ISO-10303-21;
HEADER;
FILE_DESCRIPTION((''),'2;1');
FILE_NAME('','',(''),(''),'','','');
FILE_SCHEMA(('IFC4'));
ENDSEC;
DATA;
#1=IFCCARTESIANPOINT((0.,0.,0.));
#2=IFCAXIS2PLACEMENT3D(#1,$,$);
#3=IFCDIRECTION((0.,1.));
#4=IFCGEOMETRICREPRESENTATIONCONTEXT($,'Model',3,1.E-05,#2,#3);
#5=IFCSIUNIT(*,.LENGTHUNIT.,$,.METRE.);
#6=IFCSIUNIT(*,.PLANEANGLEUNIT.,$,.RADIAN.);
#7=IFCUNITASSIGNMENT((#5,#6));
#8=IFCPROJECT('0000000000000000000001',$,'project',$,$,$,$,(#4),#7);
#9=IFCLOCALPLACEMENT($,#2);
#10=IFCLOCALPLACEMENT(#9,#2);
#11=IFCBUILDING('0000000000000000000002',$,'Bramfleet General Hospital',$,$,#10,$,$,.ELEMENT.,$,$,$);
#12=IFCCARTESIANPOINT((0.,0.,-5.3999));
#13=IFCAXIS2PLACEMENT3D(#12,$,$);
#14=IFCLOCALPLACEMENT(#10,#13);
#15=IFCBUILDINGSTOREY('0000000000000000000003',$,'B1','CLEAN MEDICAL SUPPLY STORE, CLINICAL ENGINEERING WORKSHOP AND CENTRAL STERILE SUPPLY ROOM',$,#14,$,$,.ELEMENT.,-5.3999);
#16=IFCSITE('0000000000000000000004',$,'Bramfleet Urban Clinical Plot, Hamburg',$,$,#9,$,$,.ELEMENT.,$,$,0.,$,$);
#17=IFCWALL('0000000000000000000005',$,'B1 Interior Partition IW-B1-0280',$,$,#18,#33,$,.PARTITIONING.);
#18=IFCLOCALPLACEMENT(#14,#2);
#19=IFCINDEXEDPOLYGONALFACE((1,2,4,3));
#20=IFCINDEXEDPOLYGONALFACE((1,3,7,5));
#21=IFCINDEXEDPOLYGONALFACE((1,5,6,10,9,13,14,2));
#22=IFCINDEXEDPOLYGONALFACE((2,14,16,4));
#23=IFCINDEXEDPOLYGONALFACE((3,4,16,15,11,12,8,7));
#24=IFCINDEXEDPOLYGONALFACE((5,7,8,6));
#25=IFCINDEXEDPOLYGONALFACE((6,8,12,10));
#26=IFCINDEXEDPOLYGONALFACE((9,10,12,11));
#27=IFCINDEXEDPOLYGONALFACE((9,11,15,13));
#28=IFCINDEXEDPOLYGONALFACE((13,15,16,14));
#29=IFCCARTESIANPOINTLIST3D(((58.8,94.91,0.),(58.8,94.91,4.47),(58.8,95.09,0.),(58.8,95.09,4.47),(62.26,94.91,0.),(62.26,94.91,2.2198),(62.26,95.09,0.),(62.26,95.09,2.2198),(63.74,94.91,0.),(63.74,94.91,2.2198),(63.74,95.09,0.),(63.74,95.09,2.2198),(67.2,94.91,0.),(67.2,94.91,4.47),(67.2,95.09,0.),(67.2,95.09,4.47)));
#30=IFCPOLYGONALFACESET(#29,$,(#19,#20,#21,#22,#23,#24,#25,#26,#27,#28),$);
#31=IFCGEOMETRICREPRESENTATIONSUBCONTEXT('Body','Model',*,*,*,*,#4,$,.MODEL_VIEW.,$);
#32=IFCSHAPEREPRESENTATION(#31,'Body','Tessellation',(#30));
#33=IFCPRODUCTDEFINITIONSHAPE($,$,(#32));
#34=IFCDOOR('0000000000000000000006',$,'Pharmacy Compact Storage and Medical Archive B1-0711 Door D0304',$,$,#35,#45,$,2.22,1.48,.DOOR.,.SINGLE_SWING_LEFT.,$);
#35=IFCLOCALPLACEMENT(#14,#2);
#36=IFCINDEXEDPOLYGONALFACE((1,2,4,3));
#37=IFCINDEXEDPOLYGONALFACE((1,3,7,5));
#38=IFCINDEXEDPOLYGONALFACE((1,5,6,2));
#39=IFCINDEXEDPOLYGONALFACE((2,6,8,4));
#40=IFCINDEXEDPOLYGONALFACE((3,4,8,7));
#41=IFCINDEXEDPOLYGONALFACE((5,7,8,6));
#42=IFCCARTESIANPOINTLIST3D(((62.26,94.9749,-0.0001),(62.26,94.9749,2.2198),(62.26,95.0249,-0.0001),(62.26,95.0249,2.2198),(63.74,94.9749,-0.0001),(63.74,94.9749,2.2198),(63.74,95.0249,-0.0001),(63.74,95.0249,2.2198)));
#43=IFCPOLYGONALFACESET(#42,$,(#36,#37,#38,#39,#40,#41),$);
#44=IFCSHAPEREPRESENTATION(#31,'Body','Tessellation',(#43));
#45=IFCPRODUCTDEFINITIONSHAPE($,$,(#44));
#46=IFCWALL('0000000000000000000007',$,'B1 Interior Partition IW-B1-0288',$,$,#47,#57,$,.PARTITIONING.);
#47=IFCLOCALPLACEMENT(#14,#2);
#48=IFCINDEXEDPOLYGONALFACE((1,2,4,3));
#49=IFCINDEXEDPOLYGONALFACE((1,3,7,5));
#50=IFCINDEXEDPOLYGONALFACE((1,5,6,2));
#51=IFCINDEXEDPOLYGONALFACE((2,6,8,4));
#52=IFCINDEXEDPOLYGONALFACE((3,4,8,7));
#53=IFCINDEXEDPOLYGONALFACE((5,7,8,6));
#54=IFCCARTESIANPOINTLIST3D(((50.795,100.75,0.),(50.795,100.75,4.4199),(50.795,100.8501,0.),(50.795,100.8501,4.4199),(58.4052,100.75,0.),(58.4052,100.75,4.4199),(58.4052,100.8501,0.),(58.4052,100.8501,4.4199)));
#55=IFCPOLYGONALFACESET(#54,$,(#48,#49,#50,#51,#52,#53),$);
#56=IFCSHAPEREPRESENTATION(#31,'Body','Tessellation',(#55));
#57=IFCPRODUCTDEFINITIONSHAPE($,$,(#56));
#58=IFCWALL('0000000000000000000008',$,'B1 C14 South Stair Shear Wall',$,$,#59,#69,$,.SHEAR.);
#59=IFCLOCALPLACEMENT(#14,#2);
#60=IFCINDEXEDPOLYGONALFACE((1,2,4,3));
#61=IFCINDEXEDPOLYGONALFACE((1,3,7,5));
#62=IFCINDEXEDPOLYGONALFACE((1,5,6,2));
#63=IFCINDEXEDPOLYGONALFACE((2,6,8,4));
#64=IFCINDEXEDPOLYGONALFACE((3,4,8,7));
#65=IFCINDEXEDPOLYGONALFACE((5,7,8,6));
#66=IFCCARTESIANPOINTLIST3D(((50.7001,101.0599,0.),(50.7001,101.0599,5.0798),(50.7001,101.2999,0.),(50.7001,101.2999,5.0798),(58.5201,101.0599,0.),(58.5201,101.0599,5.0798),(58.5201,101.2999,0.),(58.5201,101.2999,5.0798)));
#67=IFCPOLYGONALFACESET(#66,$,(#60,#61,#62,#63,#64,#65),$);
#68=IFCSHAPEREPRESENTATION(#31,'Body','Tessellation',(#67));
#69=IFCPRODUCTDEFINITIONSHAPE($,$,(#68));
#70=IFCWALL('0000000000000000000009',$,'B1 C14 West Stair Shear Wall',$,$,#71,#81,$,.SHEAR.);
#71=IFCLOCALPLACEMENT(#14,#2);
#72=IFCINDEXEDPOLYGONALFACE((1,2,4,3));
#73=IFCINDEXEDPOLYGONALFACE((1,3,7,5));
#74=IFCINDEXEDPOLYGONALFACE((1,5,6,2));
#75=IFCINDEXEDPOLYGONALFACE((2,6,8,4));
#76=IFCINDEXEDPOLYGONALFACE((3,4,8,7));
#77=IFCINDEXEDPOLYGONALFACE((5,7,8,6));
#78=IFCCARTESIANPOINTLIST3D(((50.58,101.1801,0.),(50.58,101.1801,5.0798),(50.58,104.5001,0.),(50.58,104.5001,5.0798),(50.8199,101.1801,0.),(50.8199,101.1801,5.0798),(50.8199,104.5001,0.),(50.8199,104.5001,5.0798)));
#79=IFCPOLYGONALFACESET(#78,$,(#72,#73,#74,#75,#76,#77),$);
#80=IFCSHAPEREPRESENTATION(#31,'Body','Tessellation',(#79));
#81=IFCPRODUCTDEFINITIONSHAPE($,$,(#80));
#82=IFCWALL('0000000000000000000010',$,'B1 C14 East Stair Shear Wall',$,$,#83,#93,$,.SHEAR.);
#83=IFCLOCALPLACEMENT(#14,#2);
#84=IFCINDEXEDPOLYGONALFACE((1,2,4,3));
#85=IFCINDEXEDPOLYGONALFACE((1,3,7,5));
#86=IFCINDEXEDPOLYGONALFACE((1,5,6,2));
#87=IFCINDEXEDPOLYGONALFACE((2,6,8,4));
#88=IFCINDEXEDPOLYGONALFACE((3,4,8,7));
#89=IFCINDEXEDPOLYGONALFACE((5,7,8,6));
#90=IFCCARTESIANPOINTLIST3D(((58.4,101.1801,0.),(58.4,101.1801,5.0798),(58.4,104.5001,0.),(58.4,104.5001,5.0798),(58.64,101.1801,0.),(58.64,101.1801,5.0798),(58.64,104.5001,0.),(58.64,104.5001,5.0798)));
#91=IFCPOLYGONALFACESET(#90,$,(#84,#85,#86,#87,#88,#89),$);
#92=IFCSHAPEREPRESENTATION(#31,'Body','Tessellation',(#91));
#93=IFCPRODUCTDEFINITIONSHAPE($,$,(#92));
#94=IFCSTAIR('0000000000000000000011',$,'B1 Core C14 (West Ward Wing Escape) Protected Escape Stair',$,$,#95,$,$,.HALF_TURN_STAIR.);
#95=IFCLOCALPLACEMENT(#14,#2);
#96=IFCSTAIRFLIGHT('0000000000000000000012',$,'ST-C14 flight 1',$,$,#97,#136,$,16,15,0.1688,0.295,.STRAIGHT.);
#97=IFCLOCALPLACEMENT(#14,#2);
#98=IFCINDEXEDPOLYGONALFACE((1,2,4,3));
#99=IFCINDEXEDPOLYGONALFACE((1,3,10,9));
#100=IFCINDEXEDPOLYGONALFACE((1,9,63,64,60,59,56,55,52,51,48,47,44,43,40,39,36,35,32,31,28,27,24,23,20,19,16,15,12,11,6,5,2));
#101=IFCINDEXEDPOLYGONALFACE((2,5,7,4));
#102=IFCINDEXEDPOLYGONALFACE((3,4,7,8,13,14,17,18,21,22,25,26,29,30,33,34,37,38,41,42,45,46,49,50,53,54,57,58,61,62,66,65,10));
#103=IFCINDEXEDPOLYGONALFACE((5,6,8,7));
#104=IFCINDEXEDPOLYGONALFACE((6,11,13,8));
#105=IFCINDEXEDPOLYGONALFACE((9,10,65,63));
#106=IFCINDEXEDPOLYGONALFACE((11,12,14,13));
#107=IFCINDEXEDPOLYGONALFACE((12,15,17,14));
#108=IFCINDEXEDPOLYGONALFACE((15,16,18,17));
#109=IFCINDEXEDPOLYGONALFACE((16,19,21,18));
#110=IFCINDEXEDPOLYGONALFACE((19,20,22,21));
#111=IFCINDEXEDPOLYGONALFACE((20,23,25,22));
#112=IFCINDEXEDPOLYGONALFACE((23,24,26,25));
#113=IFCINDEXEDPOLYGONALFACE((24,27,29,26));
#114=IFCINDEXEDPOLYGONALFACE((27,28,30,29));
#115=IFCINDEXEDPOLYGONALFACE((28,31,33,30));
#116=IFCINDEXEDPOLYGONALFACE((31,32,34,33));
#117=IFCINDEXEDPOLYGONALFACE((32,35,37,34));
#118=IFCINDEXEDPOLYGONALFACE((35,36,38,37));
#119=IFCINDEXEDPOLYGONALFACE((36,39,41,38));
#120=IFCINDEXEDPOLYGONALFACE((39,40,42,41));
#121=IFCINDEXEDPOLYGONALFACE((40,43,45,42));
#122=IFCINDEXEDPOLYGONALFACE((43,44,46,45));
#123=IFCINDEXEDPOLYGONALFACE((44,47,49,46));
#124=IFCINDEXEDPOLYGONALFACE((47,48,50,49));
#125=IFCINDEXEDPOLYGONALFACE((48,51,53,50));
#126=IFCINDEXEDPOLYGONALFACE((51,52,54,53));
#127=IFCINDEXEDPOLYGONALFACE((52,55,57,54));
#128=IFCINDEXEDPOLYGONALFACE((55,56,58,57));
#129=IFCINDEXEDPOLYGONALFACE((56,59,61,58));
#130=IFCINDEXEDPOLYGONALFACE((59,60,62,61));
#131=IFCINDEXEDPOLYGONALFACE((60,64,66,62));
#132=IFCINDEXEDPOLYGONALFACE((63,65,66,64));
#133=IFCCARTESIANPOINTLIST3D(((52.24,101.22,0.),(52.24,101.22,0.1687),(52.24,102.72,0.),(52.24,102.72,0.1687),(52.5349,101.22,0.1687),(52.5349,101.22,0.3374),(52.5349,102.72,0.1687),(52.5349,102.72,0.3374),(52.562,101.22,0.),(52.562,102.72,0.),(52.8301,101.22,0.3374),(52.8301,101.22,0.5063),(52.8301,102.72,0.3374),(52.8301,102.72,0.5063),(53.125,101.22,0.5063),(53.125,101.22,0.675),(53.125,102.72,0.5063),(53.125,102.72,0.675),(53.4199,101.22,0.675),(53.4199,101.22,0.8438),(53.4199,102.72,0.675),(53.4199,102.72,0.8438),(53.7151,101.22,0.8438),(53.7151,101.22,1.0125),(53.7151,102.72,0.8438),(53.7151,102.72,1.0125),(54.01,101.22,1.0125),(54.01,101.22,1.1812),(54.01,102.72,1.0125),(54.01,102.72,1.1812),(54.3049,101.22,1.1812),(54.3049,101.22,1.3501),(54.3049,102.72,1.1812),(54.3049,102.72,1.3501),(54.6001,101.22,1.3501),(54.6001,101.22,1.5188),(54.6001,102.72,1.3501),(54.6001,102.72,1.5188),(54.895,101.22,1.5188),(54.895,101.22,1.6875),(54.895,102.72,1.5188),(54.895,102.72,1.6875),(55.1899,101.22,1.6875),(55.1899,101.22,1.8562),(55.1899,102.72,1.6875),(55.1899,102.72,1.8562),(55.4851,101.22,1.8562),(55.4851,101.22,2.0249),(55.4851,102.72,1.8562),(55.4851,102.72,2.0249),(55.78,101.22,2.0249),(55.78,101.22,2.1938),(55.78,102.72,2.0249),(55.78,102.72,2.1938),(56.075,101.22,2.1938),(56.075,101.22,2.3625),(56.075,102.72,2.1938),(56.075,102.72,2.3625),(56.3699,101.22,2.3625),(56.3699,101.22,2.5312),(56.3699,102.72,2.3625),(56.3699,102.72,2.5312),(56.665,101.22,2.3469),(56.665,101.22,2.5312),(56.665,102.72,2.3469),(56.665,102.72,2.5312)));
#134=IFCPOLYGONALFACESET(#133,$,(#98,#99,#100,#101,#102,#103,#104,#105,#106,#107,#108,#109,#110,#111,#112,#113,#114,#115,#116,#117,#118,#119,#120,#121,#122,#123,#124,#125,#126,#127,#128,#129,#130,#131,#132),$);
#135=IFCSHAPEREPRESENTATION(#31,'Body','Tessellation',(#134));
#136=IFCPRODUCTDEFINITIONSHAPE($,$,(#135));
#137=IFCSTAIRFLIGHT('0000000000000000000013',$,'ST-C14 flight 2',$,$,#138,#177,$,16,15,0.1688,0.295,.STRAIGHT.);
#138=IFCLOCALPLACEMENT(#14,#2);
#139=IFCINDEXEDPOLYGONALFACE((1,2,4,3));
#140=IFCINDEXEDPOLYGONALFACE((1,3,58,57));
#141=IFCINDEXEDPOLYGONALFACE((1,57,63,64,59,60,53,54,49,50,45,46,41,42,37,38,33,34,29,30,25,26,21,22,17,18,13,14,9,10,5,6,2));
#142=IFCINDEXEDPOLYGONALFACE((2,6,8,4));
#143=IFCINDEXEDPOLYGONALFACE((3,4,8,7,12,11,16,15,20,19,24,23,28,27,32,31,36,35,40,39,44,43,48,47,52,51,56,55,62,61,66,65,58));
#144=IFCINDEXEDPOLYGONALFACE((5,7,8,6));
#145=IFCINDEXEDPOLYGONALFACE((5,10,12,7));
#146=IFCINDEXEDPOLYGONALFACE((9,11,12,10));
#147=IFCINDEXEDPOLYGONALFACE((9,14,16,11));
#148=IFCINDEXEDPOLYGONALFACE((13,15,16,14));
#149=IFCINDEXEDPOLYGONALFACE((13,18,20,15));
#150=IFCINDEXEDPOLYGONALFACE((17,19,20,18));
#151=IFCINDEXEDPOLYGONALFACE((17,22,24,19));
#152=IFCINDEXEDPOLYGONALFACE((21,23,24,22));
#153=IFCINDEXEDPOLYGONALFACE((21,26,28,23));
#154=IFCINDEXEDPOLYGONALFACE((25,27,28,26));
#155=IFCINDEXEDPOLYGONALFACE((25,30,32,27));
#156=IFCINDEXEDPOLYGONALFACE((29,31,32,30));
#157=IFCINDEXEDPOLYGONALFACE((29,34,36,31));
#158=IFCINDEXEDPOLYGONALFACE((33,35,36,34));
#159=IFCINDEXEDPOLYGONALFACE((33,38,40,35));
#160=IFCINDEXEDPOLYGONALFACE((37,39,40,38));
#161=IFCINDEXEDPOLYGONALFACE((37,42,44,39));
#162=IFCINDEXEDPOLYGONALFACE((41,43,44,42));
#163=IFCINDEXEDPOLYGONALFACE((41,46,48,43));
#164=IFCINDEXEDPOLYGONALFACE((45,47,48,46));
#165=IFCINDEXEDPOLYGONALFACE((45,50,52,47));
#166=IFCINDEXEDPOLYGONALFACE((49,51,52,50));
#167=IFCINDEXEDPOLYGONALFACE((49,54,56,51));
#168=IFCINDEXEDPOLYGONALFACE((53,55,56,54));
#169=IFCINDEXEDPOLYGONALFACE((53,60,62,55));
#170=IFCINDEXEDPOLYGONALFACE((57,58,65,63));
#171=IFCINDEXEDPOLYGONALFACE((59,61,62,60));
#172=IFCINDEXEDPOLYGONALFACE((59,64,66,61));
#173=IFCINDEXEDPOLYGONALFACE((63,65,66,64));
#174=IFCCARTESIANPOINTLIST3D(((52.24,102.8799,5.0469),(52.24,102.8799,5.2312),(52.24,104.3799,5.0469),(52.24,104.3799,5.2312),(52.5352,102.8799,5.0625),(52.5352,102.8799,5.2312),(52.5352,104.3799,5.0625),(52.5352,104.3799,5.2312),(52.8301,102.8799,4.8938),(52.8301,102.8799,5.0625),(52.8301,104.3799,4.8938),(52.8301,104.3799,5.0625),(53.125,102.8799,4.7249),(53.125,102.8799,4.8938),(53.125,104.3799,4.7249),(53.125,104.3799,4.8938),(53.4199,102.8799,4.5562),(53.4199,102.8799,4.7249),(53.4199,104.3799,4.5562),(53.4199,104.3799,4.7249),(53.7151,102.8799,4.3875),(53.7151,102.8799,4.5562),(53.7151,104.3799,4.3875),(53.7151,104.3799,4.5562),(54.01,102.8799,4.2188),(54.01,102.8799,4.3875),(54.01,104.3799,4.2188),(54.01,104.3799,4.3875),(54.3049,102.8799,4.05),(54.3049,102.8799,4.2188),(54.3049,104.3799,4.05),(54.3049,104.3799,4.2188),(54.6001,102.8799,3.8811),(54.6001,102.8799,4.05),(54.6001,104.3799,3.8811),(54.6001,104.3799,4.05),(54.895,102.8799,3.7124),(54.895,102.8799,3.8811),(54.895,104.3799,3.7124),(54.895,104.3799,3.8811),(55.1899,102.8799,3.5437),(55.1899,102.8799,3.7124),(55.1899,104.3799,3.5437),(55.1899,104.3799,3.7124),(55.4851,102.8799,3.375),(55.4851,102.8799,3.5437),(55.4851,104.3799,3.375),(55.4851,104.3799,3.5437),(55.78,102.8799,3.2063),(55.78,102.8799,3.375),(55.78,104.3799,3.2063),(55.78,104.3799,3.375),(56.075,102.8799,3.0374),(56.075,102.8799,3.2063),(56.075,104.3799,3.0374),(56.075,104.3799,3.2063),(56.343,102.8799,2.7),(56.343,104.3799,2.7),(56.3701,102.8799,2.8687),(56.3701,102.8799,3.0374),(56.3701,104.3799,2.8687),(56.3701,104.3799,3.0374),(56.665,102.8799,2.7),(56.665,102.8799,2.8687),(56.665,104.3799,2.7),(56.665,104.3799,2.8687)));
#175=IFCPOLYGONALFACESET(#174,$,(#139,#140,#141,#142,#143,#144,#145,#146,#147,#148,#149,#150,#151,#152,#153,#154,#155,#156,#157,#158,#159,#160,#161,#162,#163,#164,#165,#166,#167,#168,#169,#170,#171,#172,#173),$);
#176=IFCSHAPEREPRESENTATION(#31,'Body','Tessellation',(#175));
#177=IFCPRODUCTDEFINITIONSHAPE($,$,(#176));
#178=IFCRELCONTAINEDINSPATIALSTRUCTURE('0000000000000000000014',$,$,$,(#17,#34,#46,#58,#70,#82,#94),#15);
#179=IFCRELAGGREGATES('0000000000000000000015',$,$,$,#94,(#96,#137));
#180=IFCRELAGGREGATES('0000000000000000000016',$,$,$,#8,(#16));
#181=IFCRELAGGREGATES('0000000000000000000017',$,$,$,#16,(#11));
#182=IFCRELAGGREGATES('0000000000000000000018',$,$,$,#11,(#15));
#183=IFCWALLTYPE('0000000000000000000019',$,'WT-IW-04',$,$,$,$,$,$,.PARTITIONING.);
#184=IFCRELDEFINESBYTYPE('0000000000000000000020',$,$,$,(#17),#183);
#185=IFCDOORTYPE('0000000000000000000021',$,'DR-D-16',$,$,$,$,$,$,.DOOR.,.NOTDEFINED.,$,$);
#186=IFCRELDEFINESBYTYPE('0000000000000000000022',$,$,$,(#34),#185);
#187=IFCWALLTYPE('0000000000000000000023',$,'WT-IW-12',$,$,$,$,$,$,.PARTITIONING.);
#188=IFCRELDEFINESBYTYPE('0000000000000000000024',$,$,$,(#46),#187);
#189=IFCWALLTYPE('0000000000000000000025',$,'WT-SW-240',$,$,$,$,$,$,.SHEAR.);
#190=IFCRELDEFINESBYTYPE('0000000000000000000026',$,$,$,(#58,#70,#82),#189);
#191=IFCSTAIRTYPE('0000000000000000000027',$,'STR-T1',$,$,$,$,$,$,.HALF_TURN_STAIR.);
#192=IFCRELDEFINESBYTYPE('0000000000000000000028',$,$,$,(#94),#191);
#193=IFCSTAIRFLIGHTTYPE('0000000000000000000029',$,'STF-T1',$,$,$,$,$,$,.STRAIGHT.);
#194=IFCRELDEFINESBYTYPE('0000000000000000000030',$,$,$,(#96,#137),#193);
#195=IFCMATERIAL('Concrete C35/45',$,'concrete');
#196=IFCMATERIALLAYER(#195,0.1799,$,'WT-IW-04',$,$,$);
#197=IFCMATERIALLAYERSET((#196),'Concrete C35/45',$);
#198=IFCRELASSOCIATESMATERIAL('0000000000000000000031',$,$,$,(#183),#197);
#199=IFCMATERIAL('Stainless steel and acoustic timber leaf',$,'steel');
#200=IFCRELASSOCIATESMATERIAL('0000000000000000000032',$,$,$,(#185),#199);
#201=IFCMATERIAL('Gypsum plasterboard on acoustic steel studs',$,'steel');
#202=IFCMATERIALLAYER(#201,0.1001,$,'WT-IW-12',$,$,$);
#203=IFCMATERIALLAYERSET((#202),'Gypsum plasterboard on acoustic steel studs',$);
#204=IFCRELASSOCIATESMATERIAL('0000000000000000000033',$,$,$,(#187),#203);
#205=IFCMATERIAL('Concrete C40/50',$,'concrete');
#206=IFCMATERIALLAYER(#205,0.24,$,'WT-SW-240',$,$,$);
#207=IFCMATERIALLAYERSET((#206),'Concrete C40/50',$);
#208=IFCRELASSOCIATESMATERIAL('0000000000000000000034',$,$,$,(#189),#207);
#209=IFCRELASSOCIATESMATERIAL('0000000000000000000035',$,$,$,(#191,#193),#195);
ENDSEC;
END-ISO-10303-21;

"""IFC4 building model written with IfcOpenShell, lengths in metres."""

from ifc_helpers import new_model, si_unit, direction, frame, frame_2d, origin, place, context, subcontext, project, spatial, polyline, rectangle, outline, extrude, material, layer, layer_set, type_object, element, fill, aggregate, save


model = new_model("IFC4")

# Units and contexts
model_context = context("Model", 3, precision=1e-05, world=origin(), true_north=direction((0.0, 1.0)))
body_context = subcontext(model_context, "Body", "Model", "MODEL_VIEW")
ifc_project = project(units=[si_unit("LENGTHUNIT", "METRE"), si_unit("PLANEANGLEUNIT", "RADIAN")], contexts=[model_context])

# Site, building, storey
site_placement = place(None, origin())
site = spatial("IfcSite", under=ifc_project, at=site_placement, Name="Bramfleet Urban Clinical Plot, Hamburg", CompositionType="ELEMENT", RefElevation=0.0)
building_placement = place(site_placement, origin())
building = spatial("IfcBuilding", under=site, at=building_placement, Name="Bramfleet General Hospital", CompositionType="ELEMENT")
storey_placement = place(building_placement, frame((0.0, 0.0, -5.3999)))
storey = spatial("IfcBuildingStorey", under=building, at=storey_placement, Name="B1", Description="CLEAN MEDICAL SUPPLY STORE, CLINICAL ENGINEERING WORKSHOP AND CENTRAL STERILE SUPPLY ROOM", CompositionType="ELEMENT", Elevation=-5.3999)

# Shared definitions
ifc_material_1 = material(Name="Concrete C35/45", Category="concrete")

# Shared definitions
ifc_material_2 = material(Name="Concrete C40/50", Category="concrete")

# Wall, opening, door
ifc_layer_1 = layer(ifc_material_1, 0.1799, Name="WT-IW-04")
ifc_layer_set_1 = layer_set([ifc_layer_1], Name="Concrete C35/45")
wall_type_1 = type_object("IfcWallType", Name="WT-IW-04", PredefinedType="PARTITIONING", material=ifc_layer_set_1)
wall_1_placement = place(storey_placement, frame((58.8, 95.0, 0.0), z_axis=(0.0, 0.0, 1.0), x_axis=(1.0, 0.0, 0.0)))
wall_1 = element("IfcWall", 1, at=wall_1_placement, inside=storey, type_object=wall_type_1, Name="B1 Interior Partition IW-B1-0280", PredefinedType="PARTITIONING", context=body_context, shape_type="SweptSolid", body=[
    extrude(rectangle(XDim=8.3999, YDim=0.1799, at=frame_2d((4.2, 0.0))), origin(), (0.0, 0.0, 1.0), 4.47),
])
opening_placement = place(wall_1_placement, frame((3.46, 0.0, 0.0)))
opening = element("IfcOpeningElement", 2, at=opening_placement, cuts=wall_1, PredefinedType="OPENING", context=body_context, shape_type="SweptSolid", body=[
    extrude(rectangle(XDim=1.48, YDim=2.22, at=frame_2d((0.74, 1.1099))), frame((0.0, 0.0999, 0.0), z_axis=(0.0, -1.0, 0.0), x_axis=(1.0, 0.0, 0.0)), (0.0, 0.0, 1.0), 0.2),
])
ifc_material_3 = material(Name="Stainless steel and acoustic timber leaf", Category="steel")
door_type = type_object("IfcDoorType", Name="DR-D-16", OperationType="NOTDEFINED", PredefinedType="DOOR", material=ifc_material_3)
door_placement = place(opening_placement, origin())
door = element("IfcDoor", 3, at=door_placement, inside=storey, type_object=door_type, Name="Pharmacy Compact Storage and Medical Archive B1-0711 Door D0304", OperationType="SINGLE_SWING_LEFT", OverallHeight=2.22, OverallWidth=1.48, PredefinedType="DOOR", context=body_context, shape_type="SweptSolid", body=[
    extrude(rectangle(XDim=1.48, YDim=2.22, at=frame_2d((0.74, 1.1099))), frame((0.0, 0.0249, 0.0), z_axis=(0.0, -1.0, 0.0), x_axis=(1.0, 0.0, 0.0)), (0.0, 0.0, 1.0), 0.05),
])
fill(opening, door)

# Walls
ifc_material_4 = material(Name="Gypsum plasterboard on acoustic steel studs", Category="steel")
ifc_layer_2 = layer(ifc_material_4, 0.1001, Name="WT-IW-12")
ifc_layer_set_2 = layer_set([ifc_layer_2], Name="Gypsum plasterboard on acoustic steel studs")
wall_type_2 = type_object("IfcWallType", Name="WT-IW-12", PredefinedType="PARTITIONING", material=ifc_layer_set_2)
wall_2_placement = place(storey_placement, frame((50.7949, 100.8, 0.0), z_axis=(0.0, 0.0, 1.0), x_axis=(1.0, 0.0, 0.0)))
element("IfcWall", 4, at=wall_2_placement, inside=storey, type_object=wall_type_2, Name="B1 Interior Partition IW-B1-0288", PredefinedType="PARTITIONING", context=body_context, shape_type="SweptSolid", body=[
    extrude(rectangle(XDim=7.6101, YDim=0.1001, at=frame_2d((3.8052, 0.0))), origin(), (0.0, 0.0, 1.0), 4.4199),
])
ifc_layer_3 = layer(ifc_material_2, 0.24, Name="WT-SW-240")
ifc_layer_set_3 = layer_set([ifc_layer_3], Name="Concrete C40/50")
wall_type_3 = type_object("IfcWallType", Name="WT-SW-240", PredefinedType="SHEAR", material=ifc_layer_set_3)
wall_3_placement = place(storey_placement, frame((50.7, 101.1799, 0.0), z_axis=(0.0, 0.0, 1.0), x_axis=(1.0, 0.0, 0.0)))
element("IfcWall", 5, at=wall_3_placement, inside=storey, type_object=wall_type_3, Name="B1 C14 South Stair Shear Wall", PredefinedType="SHEAR", context=body_context, shape_type="SweptSolid", body=[
    extrude(rectangle(XDim=7.8201, YDim=0.24, at=frame_2d((3.9102, 0.0))), origin(), (0.0, 0.0, 1.0), 5.0798),
])
for number, where, z_axis, x_axis, name in (
    (6, (50.7, 101.1799, 0.0), (0.0, 0.0, 1.0), (0.0, 1.0, 0.0), "B1 C14 West Stair Shear Wall"),
    (7, (58.52, 101.1799, 0.0), (0.0, 0.0, 1.0), (0.0, 1.0, 0.0), "B1 C14 East Stair Shear Wall"),
):
    element("IfcWall", number, at=place(storey_placement, frame(where, z_axis=z_axis, x_axis=x_axis)), inside=storey, type_object=wall_type_3, Name=name, PredefinedType="SHEAR", context=body_context, shape_type="SweptSolid", body=[
        extrude(rectangle(XDim=3.3201, YDim=0.24, at=frame_2d((1.6602, 0.0))), origin(), (0.0, 0.0, 1.0), 5.0798),
    ])

# Stair, stair flights
stair_type = type_object("IfcStairType", Name="STR-T1", PredefinedType="HALF_TURN_STAIR", material=ifc_material_1)
stair_placement = place(storey_placement, origin())
stair = element("IfcStair", 8, at=stair_placement, inside=storey, type_object=stair_type, Name="B1 Core C14 (West Ward Wing Escape) Protected Escape Stair", PredefinedType="HALF_TURN_STAIR")
stair_flight_type = type_object("IfcStairFlightType", Name="STF-T1", PredefinedType="STRAIGHT", material=ifc_material_1)
stair_flight_1_placement = place(storey_placement, frame((52.24, 101.97, 0.0), z_axis=(0.0, 0.0, 1.0), x_axis=(1.0, 0.0, 0.0)))
stair_flight_1 = element("IfcStairFlight", 9, at=stair_flight_1_placement, type_object=stair_flight_type, Name="ST-C14 flight 1", NumberOfRisers=16, NumberOfTreads=15, PredefinedType="STRAIGHT", RiserHeight=0.1688, TreadLength=0.295, context=body_context, shape_type="SweptSolid", body=[
    extrude(outline(polyline([(0.0, 0.0), (0.0, 0.1687), (0.2949, 0.1687), (0.2949, 0.3374), (0.5901, 0.3374), (0.5901, 0.5063), (0.885, 0.5063), (0.885, 0.675), (1.1799, 0.675), (1.1799, 0.8438), (1.4751, 0.8438), (1.4751, 1.0125), (1.77, 1.0125), (1.77, 1.1812), (2.0649, 1.1812), (2.0649, 1.3501), (2.3601, 1.3501), (2.3601, 1.5188), (2.655, 1.5188), (2.655, 1.6875), (2.95, 1.6875), (2.95, 1.8562), (3.2451, 1.8562), (3.2451, 2.0249), (3.54, 2.0249), (3.54, 2.1938), (3.835, 2.1938), (3.835, 2.3625), (4.1299, 2.3625), (4.1299, 2.5312), (4.425, 2.5312), (4.425, 2.7), (4.425, 2.3469), (0.322, 0.0), (0.0, 0.0)])), frame((0.0, 0.75, 0.0), z_axis=(0.0, -1.0, 0.0), x_axis=(1.0, 0.0, 0.0)), (0.0, 0.0, 1.0), 1.5),
])
stair_flight_2_placement = place(storey_placement, frame((56.665, 103.6299, 2.7), z_axis=(0.0, 0.0, 1.0), x_axis=(-1.0, 0.0, 0.0)))
stair_flight_2 = element("IfcStairFlight", 10, at=stair_flight_2_placement, type_object=stair_flight_type, Name="ST-C14 flight 2", NumberOfRisers=16, NumberOfTreads=15, PredefinedType="STRAIGHT", RiserHeight=0.1688, TreadLength=0.295, context=body_context, shape_type="SweptSolid", body=[
    extrude(outline(polyline([(0.0, 0.0), (0.0, 0.1687), (0.2949, 0.1687), (0.2949, 0.3374), (0.5901, 0.3374), (0.5901, 0.5063), (0.885, 0.5063), (0.885, 0.675), (1.1799, 0.675), (1.1799, 0.8438), (1.4751, 0.8438), (1.4751, 1.0125), (1.77, 1.0125), (1.77, 1.1812), (2.0649, 1.1812), (2.0649, 1.3501), (2.3601, 1.3501), (2.3601, 1.5188), (2.655, 1.5188), (2.655, 1.6875), (2.95, 1.6875), (2.95, 1.8562), (3.2451, 1.8562), (3.2451, 2.0249), (3.54, 2.0249), (3.54, 2.1938), (3.835, 2.1938), (3.835, 2.3625), (4.1299, 2.3625), (4.1299, 2.5312), (4.425, 2.5312), (4.425, 2.7), (4.425, 2.3469), (0.322, 0.0), (0.0, 0.0)])), frame((0.0, 0.75, 0.0), z_axis=(0.0, -1.0, 0.0), x_axis=(1.0, 0.0, 0.0)), (0.0, 0.0, 1.0), 1.5),
])
aggregate(stair, [stair_flight_1, stair_flight_2])

save(model, "model.ifc")
